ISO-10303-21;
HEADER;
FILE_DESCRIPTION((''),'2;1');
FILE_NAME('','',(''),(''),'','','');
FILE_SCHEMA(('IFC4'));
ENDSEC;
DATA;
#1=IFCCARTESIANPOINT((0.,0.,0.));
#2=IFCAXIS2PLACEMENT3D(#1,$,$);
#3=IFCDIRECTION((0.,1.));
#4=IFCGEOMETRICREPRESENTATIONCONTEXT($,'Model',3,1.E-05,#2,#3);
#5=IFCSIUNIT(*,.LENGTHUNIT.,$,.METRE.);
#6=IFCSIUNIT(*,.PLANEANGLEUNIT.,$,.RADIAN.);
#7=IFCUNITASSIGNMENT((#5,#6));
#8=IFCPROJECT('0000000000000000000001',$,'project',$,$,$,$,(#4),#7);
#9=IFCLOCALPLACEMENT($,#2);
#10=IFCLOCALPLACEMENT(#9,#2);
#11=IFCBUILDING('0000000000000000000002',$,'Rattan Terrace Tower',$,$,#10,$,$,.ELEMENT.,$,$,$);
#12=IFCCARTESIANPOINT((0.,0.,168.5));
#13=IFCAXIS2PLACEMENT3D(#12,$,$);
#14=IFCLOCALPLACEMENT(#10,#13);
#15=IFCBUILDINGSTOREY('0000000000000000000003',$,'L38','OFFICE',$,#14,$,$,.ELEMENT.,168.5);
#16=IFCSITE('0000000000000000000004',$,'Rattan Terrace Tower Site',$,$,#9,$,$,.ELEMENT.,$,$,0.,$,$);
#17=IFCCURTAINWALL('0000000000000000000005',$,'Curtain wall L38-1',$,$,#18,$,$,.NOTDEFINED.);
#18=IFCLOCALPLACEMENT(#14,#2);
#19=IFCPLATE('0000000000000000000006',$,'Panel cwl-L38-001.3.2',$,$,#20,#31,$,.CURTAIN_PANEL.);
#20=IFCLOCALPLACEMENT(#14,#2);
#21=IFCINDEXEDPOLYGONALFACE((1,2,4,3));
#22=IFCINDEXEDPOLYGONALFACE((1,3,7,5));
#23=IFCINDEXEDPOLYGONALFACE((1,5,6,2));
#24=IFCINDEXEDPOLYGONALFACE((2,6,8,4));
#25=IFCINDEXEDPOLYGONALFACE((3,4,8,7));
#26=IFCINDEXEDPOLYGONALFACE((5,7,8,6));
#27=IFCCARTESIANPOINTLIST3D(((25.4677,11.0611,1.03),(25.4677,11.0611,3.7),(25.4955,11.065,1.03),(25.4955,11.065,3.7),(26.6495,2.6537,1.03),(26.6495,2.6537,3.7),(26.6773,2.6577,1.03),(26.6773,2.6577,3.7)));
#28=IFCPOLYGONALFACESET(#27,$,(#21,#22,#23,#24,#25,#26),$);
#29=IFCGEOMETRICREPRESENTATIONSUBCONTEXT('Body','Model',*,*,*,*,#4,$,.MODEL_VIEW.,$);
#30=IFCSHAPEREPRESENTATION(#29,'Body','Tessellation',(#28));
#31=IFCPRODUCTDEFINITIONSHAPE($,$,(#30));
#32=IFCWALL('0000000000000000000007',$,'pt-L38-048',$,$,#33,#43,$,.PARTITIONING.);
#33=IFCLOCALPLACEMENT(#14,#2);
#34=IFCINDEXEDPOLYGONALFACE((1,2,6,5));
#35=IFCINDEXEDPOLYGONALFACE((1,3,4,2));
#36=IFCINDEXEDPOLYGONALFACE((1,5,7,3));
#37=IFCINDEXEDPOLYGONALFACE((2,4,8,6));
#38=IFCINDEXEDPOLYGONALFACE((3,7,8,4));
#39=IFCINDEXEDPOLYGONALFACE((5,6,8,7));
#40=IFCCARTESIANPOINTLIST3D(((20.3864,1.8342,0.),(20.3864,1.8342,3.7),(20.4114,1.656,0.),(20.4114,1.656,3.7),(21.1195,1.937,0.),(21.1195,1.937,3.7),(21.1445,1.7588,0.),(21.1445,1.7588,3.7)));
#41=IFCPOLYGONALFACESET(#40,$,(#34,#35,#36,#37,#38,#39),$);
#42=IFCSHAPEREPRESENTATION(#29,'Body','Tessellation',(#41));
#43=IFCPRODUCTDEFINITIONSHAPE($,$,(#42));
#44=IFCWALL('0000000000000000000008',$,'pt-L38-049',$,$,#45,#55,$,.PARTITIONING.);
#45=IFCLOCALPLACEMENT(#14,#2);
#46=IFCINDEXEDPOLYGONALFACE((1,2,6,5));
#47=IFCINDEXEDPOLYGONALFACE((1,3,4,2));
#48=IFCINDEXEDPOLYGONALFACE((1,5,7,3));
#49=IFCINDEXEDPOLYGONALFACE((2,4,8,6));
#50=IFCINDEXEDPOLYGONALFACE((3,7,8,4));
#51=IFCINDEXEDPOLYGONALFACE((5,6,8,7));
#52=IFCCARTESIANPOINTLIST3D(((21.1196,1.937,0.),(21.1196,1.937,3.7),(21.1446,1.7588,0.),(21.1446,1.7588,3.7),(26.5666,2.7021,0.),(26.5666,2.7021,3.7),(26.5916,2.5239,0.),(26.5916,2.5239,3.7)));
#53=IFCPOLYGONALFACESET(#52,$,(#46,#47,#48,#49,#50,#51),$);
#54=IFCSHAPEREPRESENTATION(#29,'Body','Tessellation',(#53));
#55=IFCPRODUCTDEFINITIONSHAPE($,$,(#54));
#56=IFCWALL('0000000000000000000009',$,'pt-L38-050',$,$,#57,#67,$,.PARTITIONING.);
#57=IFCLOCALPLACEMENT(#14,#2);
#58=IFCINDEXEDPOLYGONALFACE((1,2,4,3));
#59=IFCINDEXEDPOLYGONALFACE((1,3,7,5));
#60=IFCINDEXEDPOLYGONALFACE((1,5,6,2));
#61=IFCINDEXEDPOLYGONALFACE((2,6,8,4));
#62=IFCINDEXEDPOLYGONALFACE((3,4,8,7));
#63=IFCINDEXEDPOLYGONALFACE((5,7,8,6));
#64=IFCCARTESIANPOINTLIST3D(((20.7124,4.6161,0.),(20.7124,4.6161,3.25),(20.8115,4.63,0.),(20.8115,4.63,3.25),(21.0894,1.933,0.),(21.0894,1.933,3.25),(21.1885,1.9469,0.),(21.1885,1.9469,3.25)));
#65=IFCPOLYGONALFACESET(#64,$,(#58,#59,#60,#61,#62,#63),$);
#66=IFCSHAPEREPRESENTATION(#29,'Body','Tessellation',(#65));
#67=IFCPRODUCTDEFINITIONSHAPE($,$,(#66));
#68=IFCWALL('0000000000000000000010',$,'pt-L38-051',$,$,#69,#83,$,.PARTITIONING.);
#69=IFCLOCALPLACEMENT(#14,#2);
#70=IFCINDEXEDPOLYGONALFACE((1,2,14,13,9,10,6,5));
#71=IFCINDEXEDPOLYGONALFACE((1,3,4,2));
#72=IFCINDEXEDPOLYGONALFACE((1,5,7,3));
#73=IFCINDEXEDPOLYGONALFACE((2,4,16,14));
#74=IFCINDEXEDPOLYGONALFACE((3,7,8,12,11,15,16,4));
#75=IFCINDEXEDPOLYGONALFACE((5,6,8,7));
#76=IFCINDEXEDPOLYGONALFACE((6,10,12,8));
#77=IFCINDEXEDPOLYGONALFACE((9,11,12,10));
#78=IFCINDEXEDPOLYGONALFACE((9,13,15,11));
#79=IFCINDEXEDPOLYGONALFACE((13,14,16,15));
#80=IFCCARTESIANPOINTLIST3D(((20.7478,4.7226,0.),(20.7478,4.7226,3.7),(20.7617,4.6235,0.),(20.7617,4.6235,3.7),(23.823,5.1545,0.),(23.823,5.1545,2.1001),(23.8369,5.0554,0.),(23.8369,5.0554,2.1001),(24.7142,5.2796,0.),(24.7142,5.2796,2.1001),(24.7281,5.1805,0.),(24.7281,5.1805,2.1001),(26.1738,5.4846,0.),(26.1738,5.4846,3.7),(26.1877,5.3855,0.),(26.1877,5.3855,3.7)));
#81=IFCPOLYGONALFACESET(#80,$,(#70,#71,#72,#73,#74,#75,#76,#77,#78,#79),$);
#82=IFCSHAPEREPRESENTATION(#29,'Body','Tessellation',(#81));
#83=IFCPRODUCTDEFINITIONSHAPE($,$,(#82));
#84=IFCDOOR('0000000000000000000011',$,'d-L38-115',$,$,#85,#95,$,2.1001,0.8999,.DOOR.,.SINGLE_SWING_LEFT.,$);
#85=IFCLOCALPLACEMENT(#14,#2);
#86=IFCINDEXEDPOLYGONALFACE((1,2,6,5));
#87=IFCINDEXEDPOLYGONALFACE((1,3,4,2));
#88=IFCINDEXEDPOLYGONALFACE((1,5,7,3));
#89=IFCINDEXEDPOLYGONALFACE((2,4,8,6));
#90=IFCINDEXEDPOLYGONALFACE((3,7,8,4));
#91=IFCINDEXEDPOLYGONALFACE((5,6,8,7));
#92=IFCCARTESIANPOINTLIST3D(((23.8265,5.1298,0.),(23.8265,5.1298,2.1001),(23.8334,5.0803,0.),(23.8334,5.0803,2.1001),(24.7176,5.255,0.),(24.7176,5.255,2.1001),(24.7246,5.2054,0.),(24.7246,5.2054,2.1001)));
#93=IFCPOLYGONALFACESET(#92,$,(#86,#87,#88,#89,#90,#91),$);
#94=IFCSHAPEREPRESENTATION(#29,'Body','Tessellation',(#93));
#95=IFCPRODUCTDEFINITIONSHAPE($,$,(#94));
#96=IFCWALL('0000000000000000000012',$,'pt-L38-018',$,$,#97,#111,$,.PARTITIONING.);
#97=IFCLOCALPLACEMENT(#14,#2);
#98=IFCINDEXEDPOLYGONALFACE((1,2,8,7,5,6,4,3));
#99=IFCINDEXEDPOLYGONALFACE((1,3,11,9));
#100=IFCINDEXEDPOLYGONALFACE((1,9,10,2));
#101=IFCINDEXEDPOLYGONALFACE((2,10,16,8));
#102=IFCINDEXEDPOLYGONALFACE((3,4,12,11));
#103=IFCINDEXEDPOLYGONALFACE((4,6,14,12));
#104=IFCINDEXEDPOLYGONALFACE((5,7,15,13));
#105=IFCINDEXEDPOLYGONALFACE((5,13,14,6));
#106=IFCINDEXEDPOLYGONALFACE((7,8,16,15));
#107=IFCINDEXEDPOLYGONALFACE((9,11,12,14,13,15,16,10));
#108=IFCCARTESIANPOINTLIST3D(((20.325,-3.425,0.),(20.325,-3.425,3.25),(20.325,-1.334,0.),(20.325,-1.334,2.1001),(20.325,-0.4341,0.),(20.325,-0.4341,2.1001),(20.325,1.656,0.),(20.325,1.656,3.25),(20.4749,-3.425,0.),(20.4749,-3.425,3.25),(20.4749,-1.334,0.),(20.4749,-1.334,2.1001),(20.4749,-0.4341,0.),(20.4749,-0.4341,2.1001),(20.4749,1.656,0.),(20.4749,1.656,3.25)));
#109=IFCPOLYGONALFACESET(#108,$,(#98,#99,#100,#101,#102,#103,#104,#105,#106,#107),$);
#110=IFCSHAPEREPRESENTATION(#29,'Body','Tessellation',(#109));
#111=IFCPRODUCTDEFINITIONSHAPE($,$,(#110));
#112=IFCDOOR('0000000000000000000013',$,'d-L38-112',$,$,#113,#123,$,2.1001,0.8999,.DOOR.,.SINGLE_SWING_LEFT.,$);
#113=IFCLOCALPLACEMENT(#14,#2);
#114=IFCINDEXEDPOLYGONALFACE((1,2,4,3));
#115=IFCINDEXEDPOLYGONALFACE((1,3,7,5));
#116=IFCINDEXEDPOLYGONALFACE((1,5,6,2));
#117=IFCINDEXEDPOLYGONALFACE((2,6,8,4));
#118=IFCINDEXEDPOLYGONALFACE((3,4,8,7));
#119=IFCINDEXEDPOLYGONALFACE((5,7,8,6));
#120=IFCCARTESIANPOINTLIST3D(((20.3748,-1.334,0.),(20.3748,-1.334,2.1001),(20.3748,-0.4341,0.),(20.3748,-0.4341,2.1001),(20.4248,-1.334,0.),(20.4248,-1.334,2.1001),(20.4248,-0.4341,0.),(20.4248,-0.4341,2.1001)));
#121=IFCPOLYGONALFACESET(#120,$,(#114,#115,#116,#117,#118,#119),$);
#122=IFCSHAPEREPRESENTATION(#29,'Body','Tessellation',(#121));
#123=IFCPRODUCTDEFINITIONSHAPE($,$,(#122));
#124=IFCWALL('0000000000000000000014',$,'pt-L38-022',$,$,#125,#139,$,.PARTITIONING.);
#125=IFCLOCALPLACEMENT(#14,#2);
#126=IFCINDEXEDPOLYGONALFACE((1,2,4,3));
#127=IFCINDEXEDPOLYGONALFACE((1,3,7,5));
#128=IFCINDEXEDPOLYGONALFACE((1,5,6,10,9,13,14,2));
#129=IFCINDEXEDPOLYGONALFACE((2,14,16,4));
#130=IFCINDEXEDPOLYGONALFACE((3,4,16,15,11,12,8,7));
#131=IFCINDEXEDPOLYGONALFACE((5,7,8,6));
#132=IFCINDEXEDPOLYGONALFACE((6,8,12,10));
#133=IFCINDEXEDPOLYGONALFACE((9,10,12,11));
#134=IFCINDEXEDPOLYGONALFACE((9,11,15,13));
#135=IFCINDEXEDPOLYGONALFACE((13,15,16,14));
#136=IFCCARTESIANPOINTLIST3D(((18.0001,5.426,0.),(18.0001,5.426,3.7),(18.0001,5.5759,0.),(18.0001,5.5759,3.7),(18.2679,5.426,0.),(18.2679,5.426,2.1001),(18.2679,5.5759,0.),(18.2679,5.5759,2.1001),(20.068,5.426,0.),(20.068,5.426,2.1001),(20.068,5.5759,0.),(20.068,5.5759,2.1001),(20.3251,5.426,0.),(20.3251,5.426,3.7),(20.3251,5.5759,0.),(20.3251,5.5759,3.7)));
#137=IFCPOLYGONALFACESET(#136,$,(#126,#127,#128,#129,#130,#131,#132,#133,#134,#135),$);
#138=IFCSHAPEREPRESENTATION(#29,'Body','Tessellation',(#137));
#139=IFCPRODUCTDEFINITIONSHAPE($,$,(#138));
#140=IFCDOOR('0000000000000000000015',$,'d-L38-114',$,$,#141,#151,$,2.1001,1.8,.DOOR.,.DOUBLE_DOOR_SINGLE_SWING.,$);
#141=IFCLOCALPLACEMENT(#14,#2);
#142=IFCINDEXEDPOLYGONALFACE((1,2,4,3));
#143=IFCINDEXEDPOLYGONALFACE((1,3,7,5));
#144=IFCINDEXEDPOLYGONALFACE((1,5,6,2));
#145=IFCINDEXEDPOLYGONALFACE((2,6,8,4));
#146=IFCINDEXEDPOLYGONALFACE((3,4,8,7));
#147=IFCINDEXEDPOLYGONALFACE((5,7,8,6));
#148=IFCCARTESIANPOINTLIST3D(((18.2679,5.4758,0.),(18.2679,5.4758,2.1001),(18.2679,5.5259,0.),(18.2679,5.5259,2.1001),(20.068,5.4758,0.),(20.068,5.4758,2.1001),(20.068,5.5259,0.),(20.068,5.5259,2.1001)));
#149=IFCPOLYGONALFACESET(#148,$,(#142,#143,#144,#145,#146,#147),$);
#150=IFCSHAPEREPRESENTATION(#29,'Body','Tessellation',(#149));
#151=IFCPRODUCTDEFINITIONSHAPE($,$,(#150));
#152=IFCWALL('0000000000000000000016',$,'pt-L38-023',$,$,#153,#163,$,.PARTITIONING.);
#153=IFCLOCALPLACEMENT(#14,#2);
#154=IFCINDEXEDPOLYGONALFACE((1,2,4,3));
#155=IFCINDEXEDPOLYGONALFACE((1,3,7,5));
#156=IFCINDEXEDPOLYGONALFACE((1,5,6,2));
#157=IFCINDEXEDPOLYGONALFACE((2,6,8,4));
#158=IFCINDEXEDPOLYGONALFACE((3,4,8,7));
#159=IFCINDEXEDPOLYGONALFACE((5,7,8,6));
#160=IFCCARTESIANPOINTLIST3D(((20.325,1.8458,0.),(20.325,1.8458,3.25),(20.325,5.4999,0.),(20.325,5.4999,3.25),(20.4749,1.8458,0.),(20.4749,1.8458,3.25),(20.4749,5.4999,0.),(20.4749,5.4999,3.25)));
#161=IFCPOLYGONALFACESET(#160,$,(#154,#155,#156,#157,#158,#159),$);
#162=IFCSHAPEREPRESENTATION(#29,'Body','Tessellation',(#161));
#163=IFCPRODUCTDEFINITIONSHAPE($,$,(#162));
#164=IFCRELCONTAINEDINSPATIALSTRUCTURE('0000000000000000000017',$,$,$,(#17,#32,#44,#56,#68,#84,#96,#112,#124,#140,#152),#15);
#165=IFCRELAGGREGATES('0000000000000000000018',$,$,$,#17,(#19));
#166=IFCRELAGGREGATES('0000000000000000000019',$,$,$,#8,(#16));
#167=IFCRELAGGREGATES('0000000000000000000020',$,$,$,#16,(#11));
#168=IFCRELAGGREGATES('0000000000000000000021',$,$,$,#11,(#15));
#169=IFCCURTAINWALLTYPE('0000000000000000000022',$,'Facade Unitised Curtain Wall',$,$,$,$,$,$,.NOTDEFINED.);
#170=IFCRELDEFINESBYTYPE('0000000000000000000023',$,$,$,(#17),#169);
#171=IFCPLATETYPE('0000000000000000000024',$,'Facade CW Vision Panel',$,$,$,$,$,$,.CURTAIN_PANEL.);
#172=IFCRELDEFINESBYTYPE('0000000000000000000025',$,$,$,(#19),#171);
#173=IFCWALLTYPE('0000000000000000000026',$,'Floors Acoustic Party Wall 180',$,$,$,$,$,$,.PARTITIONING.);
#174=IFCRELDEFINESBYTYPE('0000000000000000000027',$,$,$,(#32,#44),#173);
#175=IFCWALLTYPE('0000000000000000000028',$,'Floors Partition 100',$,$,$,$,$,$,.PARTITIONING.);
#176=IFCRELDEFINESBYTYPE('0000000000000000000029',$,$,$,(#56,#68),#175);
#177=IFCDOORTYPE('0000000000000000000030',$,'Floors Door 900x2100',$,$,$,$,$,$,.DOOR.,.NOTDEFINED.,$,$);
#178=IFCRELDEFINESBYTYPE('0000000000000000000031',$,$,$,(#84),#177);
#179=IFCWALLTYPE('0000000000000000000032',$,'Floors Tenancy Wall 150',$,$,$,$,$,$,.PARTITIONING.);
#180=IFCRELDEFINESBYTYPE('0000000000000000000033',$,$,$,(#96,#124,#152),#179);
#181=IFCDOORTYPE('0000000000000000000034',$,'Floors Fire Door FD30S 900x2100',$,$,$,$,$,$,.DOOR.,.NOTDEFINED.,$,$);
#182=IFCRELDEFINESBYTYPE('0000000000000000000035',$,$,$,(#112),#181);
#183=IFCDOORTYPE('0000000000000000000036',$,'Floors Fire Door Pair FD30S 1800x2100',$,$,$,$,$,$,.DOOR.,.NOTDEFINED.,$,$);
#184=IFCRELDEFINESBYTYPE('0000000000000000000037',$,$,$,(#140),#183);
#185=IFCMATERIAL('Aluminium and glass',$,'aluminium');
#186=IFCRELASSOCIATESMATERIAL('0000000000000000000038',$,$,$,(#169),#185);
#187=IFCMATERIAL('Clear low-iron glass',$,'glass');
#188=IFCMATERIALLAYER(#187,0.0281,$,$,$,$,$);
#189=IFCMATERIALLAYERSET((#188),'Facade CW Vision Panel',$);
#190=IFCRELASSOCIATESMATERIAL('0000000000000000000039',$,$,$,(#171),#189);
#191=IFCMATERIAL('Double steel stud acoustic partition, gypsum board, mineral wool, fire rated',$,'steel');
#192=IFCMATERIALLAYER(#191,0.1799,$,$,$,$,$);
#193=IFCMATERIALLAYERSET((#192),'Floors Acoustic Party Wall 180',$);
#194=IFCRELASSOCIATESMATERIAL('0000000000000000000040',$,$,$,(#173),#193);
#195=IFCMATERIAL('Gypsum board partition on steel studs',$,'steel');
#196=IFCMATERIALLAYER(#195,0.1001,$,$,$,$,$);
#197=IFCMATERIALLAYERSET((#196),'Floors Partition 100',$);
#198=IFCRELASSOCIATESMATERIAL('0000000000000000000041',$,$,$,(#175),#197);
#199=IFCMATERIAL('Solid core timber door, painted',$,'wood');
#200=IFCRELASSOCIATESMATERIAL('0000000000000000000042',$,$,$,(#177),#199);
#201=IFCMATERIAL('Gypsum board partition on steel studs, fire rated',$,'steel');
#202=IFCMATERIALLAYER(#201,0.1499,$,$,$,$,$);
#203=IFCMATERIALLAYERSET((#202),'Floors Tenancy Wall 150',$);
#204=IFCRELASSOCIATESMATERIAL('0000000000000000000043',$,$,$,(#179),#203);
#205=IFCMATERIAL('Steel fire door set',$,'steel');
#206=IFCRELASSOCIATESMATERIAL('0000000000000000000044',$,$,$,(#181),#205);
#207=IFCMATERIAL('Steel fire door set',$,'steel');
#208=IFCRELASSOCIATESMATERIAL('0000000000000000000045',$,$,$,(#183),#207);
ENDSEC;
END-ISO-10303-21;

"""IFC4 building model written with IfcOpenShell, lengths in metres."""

from ifc_helpers import new_model, si_unit, direction, frame, frame_2d, origin, origin_2d, place, context, subcontext, project, spatial, rectangle, extrude, material, layer, layer_set, type_object, element, fill, aggregate, save


model = new_model("IFC4")

# Units and contexts
model_context = context("Model", 3, precision=1e-05, world=origin(), true_north=direction((0.0, 1.0)))
body_context = subcontext(model_context, "Body", "Model", "MODEL_VIEW")
ifc_project = project(units=[si_unit("LENGTHUNIT", "METRE"), si_unit("PLANEANGLEUNIT", "RADIAN")], contexts=[model_context])

# Site, building, storey
site_placement = place(None, origin())
site = spatial("IfcSite", under=ifc_project, at=site_placement, Name="Rattan Terrace Tower Site", CompositionType="ELEMENT", RefElevation=0.0)
building_placement = place(site_placement, origin())
building = spatial("IfcBuilding", under=site, at=building_placement, Name="Rattan Terrace Tower", CompositionType="ELEMENT")
storey_placement = place(building_placement, frame((0.0, 0.0, 168.5)))
storey = spatial("IfcBuildingStorey", under=building, at=storey_placement, Name="L38", Description="OFFICE", CompositionType="ELEMENT", Elevation=168.5)

# Curtain wall
ifc_material_1 = material(Name="Aluminium and glass", Category="aluminium")
curtain_wall_type = type_object("IfcCurtainWallType", Name="Facade Unitised Curtain Wall", PredefinedType="NOTDEFINED", material=ifc_material_1)
curtain_wall_placement = place(storey_placement, origin())
curtain_wall = element("IfcCurtainWall", 1, at=curtain_wall_placement, inside=storey, type_object=curtain_wall_type, Name="Curtain wall L38-1", PredefinedType="NOTDEFINED")

# Plate
ifc_material_2 = material(Name="Clear low-iron glass", Category="glass")
ifc_layer_1 = layer(ifc_material_2, 0.0281)
ifc_layer_set_1 = layer_set([ifc_layer_1], Name="Facade CW Vision Panel")
plate_type_1 = type_object("IfcPlateType", Name="Facade CW Vision Panel", PredefinedType="CURTAIN_PANEL", material=ifc_layer_set_1)
plate_1_placement = place(storey_placement, frame((26.0725, 6.8594, 1.03), z_axis=(0.0, 0.0, 1.0), x_axis=(-0.139191, 0.990266, 0.0)))
plate_1 = element("IfcPlate", 2, at=plate_1_placement, type_object=plate_type_1, Name="Panel cwl-L38-001.3.2", PredefinedType="CURTAIN_PANEL", context=body_context, shape_type="SweptSolid", body=[
    extrude(rectangle(XDim=8.49, YDim=0.0281, at=origin_2d()), origin(), (0.0, 0.0, 1.0), 2.6699),
])
aggregate(curtain_wall, [plate_1])

# Walls
ifc_material_3 = material(Name="Double steel stud acoustic partition, gypsum board, mineral wool, fire rated", Category="steel")
ifc_layer_2 = layer(ifc_material_3, 0.1799)
ifc_layer_set_2 = layer_set([ifc_layer_2], Name="Floors Acoustic Party Wall 180")
wall_type_1 = type_object("IfcWallType", Name="Floors Acoustic Party Wall 180", PredefinedType="PARTITIONING", material=ifc_layer_set_2)
wall_1_placement = place(storey_placement, frame((20.3989, 1.7451, 0.0), z_axis=(0.0, 0.0, 1.0), x_axis=(0.990315, 0.138835, 0.0)))
element("IfcWall", 3, at=wall_1_placement, inside=storey, type_object=wall_type_1, Name="pt-L38-048", PredefinedType="PARTITIONING", context=body_context, shape_type="SweptSolid", body=[
    extrude(rectangle(XDim=0.7402, YDim=0.1799, at=frame_2d((0.3701, 0.0))), origin(), (0.0, 0.0, 1.0), 3.7),
])
wall_2_placement = place(storey_placement, frame((21.1321, 1.8479, 0.0), z_axis=(0.0, 0.0, 1.0), x_axis=(0.990278, 0.139103, 0.0)))
element("IfcWall", 4, at=wall_2_placement, inside=storey, type_object=wall_type_1, Name="pt-L38-049", PredefinedType="PARTITIONING", context=body_context, shape_type="SweptSolid", body=[
    extrude(rectangle(XDim=5.5005, YDim=0.1799, at=frame_2d((2.7502, 0.0))), origin(), (0.0, 0.0, 1.0), 3.7),
])
ifc_material_4 = material(Name="Gypsum board partition on steel studs", Category="steel")
ifc_layer_3 = layer(ifc_material_4, 0.1001)
ifc_layer_set_3 = layer_set([ifc_layer_3], Name="Floors Partition 100")
wall_type_2 = type_object("IfcWallType", Name="Floors Partition 100", PredefinedType="PARTITIONING", material=ifc_layer_set_3)
wall_3_placement = place(storey_placement, frame((20.762, 4.623, 0.0), z_axis=(0.0, 0.0, 1.0), x_axis=(0.139125, -0.990275, 0.0)))
element("IfcWall", 5, at=wall_3_placement, inside=storey, type_object=wall_type_2, Name="pt-L38-050", PredefinedType="PARTITIONING", context=body_context, shape_type="SweptSolid", body=[
    extrude(rectangle(XDim=2.7095, YDim=0.1001, at=frame_2d((1.3547, 0.0))), origin(), (0.0, 0.0, 1.0), 3.25),
])

# Walls, openings, doors
wall_4_placement = place(storey_placement, frame((26.1809, 5.4351, 0.0), z_axis=(0.0, 0.0, 1.0), x_axis=(-0.990284, -0.139063, 0.0)))
wall_4 = element("IfcWall", 6, at=wall_4_placement, inside=storey, type_object=wall_type_2, Name="pt-L38-051", PredefinedType="PARTITIONING", context=body_context, shape_type="SweptSolid", body=[
    extrude(rectangle(XDim=5.4792, YDim=0.1001, at=frame_2d((2.7397, 0.0))), origin(), (0.0, 0.0, 1.0), 3.7),
])
opening_1_placement = place(wall_4_placement, frame((1.4741, 0.0, 0.0)))
opening_1 = element("IfcOpeningElement", 7, at=opening_1_placement, cuts=wall_4, PredefinedType="OPENING", context=body_context, shape_type="SweptSolid", body=[
    extrude(rectangle(XDim=0.8999, YDim=2.1001, at=frame_2d((0.45, 1.05))), frame((0.0, 0.0605, 0.0), z_axis=(0.0, -1.0, 0.0), x_axis=(1.0, 0.0, 0.0)), (0.0, 0.0, 1.0), 0.1211),
])
ifc_material_5 = material(Name="Solid core timber door, painted", Category="wood")
door_type_1 = type_object("IfcDoorType", Name="Floors Door 900x2100", OperationType="NOTDEFINED", PredefinedType="DOOR", material=ifc_material_5)
door_1_placement = place(opening_1_placement, origin())
door_1 = element("IfcDoor", 8, at=door_1_placement, inside=storey, type_object=door_type_1, Name="d-L38-115", OperationType="SINGLE_SWING_LEFT", OverallHeight=2.1001, OverallWidth=0.8999, PredefinedType="DOOR", context=body_context, shape_type="SweptSolid", body=[
    extrude(rectangle(XDim=0.8999, YDim=2.1001, at=frame_2d((0.45, 1.05))), frame((0.0, 0.0249, 0.0), z_axis=(0.0, -1.0, 0.0), x_axis=(1.0, 0.0, 0.0)), (0.0, 0.0, 1.0), 0.05),
])
fill(opening_1, door_1)
ifc_material_6 = material(Name="Gypsum board partition on steel studs, fire rated", Category="steel")
ifc_layer_4 = layer(ifc_material_6, 0.1499)
ifc_layer_set_4 = layer_set([ifc_layer_4], Name="Floors Tenancy Wall 150")
wall_type_3 = type_object("IfcWallType", Name="Floors Tenancy Wall 150", PredefinedType="PARTITIONING", material=ifc_layer_set_4)
wall_5_placement = place(storey_placement, frame((20.3999, 1.656, 0.0), z_axis=(0.0, 0.0, 1.0), x_axis=(0.0, -1.0, 0.0)))
wall_5 = element("IfcWall", 9, at=wall_5_placement, inside=storey, type_object=wall_type_3, Name="pt-L38-018", PredefinedType="PARTITIONING", context=body_context, shape_type="SweptSolid", body=[
    extrude(rectangle(XDim=5.0811, YDim=0.1499, at=frame_2d((2.5405, 0.0))), origin(), (0.0, 0.0, 1.0), 3.25),
])
opening_2_placement = place(wall_5_placement, frame((2.0901, 0.0, 0.0)))
opening_2 = element("IfcOpeningElement", 10, at=opening_2_placement, cuts=wall_5, PredefinedType="OPENING", context=body_context, shape_type="SweptSolid", body=[
    extrude(rectangle(XDim=0.8999, YDim=2.1001, at=frame_2d((0.45, 1.05))), frame((0.0, 0.0854, 0.0), z_axis=(0.0, -1.0, 0.0), x_axis=(1.0, 0.0, 0.0)), (0.0, 0.0, 1.0), 0.1709),
])
ifc_material_7 = material(Name="Steel fire door set", Category="steel")
door_type_2 = type_object("IfcDoorType", Name="Floors Fire Door FD30S 900x2100", OperationType="NOTDEFINED", PredefinedType="DOOR", material=ifc_material_7)
door_2_placement = place(opening_2_placement, origin())
door_2 = element("IfcDoor", 11, at=door_2_placement, inside=storey, type_object=door_type_2, Name="d-L38-112", OperationType="SINGLE_SWING_LEFT", OverallHeight=2.1001, OverallWidth=0.8999, PredefinedType="DOOR", context=body_context, shape_type="SweptSolid", body=[
    extrude(rectangle(XDim=0.8999, YDim=2.1001, at=frame_2d((0.45, 1.05))), frame((0.0, 0.0249, 0.0), z_axis=(0.0, -1.0, 0.0), x_axis=(1.0, 0.0, 0.0)), (0.0, 0.0, 1.0), 0.05),
])
fill(opening_2, door_2)
wall_6_placement = place(storey_placement, frame((18.0, 5.501, 0.0), z_axis=(0.0, 0.0, 1.0), x_axis=(1.0, 0.0, 0.0)))
wall_6 = element("IfcWall", 12, at=wall_6_placement, inside=storey, type_object=wall_type_3, Name="pt-L38-022", PredefinedType="PARTITIONING", context=body_context, shape_type="SweptSolid", body=[
    extrude(rectangle(XDim=2.325, YDim=0.1499, at=frame_2d((1.1626, 0.0))), origin(), (0.0, 0.0, 1.0), 3.7),
])
opening_3_placement = place(wall_6_placement, frame((0.2681, 0.0, 0.0)))
opening_3 = element("IfcOpeningElement", 13, at=opening_3_placement, cuts=wall_6, PredefinedType="OPENING", context=body_context, shape_type="SweptSolid", body=[
    extrude(rectangle(XDim=1.8, YDim=2.1001, at=frame_2d((0.8999, 1.05))), frame((0.0, 0.0854, 0.0), z_axis=(0.0, -1.0, 0.0), x_axis=(1.0, 0.0, 0.0)), (0.0, 0.0, 1.0), 0.1709),
])
ifc_material_8 = material(Name="Steel fire door set", Category="steel")
door_type_3 = type_object("IfcDoorType", Name="Floors Fire Door Pair FD30S 1800x2100", OperationType="NOTDEFINED", PredefinedType="DOOR", material=ifc_material_8)
door_3_placement = place(opening_3_placement, origin())
door_3 = element("IfcDoor", 14, at=door_3_placement, inside=storey, type_object=door_type_3, Name="d-L38-114", OperationType="DOUBLE_DOOR_SINGLE_SWING", OverallHeight=2.1001, OverallWidth=1.8, PredefinedType="DOOR", context=body_context, shape_type="SweptSolid", body=[
    extrude(rectangle(XDim=1.8, YDim=2.1001, at=frame_2d((0.8999, 1.05))), frame((0.0, 0.0249, 0.0), z_axis=(0.0, -1.0, 0.0), x_axis=(1.0, 0.0, 0.0)), (0.0, 0.0, 1.0), 0.05),
])
fill(opening_3, door_3)

# Wall
wall_7_placement = place(storey_placement, frame((20.3999, 5.5, 0.0), z_axis=(0.0, 0.0, 1.0), x_axis=(0.0, -1.0, 0.0)))
element("IfcWall", 15, at=wall_7_placement, inside=storey, type_object=wall_type_3, Name="pt-L38-023", PredefinedType="PARTITIONING", context=body_context, shape_type="SweptSolid", body=[
    extrude(rectangle(XDim=3.6541, YDim=0.1499, at=frame_2d((1.8271, 0.0))), origin(), (0.0, 0.0, 1.0), 3.25),
])

save(model, "model.ifc")
